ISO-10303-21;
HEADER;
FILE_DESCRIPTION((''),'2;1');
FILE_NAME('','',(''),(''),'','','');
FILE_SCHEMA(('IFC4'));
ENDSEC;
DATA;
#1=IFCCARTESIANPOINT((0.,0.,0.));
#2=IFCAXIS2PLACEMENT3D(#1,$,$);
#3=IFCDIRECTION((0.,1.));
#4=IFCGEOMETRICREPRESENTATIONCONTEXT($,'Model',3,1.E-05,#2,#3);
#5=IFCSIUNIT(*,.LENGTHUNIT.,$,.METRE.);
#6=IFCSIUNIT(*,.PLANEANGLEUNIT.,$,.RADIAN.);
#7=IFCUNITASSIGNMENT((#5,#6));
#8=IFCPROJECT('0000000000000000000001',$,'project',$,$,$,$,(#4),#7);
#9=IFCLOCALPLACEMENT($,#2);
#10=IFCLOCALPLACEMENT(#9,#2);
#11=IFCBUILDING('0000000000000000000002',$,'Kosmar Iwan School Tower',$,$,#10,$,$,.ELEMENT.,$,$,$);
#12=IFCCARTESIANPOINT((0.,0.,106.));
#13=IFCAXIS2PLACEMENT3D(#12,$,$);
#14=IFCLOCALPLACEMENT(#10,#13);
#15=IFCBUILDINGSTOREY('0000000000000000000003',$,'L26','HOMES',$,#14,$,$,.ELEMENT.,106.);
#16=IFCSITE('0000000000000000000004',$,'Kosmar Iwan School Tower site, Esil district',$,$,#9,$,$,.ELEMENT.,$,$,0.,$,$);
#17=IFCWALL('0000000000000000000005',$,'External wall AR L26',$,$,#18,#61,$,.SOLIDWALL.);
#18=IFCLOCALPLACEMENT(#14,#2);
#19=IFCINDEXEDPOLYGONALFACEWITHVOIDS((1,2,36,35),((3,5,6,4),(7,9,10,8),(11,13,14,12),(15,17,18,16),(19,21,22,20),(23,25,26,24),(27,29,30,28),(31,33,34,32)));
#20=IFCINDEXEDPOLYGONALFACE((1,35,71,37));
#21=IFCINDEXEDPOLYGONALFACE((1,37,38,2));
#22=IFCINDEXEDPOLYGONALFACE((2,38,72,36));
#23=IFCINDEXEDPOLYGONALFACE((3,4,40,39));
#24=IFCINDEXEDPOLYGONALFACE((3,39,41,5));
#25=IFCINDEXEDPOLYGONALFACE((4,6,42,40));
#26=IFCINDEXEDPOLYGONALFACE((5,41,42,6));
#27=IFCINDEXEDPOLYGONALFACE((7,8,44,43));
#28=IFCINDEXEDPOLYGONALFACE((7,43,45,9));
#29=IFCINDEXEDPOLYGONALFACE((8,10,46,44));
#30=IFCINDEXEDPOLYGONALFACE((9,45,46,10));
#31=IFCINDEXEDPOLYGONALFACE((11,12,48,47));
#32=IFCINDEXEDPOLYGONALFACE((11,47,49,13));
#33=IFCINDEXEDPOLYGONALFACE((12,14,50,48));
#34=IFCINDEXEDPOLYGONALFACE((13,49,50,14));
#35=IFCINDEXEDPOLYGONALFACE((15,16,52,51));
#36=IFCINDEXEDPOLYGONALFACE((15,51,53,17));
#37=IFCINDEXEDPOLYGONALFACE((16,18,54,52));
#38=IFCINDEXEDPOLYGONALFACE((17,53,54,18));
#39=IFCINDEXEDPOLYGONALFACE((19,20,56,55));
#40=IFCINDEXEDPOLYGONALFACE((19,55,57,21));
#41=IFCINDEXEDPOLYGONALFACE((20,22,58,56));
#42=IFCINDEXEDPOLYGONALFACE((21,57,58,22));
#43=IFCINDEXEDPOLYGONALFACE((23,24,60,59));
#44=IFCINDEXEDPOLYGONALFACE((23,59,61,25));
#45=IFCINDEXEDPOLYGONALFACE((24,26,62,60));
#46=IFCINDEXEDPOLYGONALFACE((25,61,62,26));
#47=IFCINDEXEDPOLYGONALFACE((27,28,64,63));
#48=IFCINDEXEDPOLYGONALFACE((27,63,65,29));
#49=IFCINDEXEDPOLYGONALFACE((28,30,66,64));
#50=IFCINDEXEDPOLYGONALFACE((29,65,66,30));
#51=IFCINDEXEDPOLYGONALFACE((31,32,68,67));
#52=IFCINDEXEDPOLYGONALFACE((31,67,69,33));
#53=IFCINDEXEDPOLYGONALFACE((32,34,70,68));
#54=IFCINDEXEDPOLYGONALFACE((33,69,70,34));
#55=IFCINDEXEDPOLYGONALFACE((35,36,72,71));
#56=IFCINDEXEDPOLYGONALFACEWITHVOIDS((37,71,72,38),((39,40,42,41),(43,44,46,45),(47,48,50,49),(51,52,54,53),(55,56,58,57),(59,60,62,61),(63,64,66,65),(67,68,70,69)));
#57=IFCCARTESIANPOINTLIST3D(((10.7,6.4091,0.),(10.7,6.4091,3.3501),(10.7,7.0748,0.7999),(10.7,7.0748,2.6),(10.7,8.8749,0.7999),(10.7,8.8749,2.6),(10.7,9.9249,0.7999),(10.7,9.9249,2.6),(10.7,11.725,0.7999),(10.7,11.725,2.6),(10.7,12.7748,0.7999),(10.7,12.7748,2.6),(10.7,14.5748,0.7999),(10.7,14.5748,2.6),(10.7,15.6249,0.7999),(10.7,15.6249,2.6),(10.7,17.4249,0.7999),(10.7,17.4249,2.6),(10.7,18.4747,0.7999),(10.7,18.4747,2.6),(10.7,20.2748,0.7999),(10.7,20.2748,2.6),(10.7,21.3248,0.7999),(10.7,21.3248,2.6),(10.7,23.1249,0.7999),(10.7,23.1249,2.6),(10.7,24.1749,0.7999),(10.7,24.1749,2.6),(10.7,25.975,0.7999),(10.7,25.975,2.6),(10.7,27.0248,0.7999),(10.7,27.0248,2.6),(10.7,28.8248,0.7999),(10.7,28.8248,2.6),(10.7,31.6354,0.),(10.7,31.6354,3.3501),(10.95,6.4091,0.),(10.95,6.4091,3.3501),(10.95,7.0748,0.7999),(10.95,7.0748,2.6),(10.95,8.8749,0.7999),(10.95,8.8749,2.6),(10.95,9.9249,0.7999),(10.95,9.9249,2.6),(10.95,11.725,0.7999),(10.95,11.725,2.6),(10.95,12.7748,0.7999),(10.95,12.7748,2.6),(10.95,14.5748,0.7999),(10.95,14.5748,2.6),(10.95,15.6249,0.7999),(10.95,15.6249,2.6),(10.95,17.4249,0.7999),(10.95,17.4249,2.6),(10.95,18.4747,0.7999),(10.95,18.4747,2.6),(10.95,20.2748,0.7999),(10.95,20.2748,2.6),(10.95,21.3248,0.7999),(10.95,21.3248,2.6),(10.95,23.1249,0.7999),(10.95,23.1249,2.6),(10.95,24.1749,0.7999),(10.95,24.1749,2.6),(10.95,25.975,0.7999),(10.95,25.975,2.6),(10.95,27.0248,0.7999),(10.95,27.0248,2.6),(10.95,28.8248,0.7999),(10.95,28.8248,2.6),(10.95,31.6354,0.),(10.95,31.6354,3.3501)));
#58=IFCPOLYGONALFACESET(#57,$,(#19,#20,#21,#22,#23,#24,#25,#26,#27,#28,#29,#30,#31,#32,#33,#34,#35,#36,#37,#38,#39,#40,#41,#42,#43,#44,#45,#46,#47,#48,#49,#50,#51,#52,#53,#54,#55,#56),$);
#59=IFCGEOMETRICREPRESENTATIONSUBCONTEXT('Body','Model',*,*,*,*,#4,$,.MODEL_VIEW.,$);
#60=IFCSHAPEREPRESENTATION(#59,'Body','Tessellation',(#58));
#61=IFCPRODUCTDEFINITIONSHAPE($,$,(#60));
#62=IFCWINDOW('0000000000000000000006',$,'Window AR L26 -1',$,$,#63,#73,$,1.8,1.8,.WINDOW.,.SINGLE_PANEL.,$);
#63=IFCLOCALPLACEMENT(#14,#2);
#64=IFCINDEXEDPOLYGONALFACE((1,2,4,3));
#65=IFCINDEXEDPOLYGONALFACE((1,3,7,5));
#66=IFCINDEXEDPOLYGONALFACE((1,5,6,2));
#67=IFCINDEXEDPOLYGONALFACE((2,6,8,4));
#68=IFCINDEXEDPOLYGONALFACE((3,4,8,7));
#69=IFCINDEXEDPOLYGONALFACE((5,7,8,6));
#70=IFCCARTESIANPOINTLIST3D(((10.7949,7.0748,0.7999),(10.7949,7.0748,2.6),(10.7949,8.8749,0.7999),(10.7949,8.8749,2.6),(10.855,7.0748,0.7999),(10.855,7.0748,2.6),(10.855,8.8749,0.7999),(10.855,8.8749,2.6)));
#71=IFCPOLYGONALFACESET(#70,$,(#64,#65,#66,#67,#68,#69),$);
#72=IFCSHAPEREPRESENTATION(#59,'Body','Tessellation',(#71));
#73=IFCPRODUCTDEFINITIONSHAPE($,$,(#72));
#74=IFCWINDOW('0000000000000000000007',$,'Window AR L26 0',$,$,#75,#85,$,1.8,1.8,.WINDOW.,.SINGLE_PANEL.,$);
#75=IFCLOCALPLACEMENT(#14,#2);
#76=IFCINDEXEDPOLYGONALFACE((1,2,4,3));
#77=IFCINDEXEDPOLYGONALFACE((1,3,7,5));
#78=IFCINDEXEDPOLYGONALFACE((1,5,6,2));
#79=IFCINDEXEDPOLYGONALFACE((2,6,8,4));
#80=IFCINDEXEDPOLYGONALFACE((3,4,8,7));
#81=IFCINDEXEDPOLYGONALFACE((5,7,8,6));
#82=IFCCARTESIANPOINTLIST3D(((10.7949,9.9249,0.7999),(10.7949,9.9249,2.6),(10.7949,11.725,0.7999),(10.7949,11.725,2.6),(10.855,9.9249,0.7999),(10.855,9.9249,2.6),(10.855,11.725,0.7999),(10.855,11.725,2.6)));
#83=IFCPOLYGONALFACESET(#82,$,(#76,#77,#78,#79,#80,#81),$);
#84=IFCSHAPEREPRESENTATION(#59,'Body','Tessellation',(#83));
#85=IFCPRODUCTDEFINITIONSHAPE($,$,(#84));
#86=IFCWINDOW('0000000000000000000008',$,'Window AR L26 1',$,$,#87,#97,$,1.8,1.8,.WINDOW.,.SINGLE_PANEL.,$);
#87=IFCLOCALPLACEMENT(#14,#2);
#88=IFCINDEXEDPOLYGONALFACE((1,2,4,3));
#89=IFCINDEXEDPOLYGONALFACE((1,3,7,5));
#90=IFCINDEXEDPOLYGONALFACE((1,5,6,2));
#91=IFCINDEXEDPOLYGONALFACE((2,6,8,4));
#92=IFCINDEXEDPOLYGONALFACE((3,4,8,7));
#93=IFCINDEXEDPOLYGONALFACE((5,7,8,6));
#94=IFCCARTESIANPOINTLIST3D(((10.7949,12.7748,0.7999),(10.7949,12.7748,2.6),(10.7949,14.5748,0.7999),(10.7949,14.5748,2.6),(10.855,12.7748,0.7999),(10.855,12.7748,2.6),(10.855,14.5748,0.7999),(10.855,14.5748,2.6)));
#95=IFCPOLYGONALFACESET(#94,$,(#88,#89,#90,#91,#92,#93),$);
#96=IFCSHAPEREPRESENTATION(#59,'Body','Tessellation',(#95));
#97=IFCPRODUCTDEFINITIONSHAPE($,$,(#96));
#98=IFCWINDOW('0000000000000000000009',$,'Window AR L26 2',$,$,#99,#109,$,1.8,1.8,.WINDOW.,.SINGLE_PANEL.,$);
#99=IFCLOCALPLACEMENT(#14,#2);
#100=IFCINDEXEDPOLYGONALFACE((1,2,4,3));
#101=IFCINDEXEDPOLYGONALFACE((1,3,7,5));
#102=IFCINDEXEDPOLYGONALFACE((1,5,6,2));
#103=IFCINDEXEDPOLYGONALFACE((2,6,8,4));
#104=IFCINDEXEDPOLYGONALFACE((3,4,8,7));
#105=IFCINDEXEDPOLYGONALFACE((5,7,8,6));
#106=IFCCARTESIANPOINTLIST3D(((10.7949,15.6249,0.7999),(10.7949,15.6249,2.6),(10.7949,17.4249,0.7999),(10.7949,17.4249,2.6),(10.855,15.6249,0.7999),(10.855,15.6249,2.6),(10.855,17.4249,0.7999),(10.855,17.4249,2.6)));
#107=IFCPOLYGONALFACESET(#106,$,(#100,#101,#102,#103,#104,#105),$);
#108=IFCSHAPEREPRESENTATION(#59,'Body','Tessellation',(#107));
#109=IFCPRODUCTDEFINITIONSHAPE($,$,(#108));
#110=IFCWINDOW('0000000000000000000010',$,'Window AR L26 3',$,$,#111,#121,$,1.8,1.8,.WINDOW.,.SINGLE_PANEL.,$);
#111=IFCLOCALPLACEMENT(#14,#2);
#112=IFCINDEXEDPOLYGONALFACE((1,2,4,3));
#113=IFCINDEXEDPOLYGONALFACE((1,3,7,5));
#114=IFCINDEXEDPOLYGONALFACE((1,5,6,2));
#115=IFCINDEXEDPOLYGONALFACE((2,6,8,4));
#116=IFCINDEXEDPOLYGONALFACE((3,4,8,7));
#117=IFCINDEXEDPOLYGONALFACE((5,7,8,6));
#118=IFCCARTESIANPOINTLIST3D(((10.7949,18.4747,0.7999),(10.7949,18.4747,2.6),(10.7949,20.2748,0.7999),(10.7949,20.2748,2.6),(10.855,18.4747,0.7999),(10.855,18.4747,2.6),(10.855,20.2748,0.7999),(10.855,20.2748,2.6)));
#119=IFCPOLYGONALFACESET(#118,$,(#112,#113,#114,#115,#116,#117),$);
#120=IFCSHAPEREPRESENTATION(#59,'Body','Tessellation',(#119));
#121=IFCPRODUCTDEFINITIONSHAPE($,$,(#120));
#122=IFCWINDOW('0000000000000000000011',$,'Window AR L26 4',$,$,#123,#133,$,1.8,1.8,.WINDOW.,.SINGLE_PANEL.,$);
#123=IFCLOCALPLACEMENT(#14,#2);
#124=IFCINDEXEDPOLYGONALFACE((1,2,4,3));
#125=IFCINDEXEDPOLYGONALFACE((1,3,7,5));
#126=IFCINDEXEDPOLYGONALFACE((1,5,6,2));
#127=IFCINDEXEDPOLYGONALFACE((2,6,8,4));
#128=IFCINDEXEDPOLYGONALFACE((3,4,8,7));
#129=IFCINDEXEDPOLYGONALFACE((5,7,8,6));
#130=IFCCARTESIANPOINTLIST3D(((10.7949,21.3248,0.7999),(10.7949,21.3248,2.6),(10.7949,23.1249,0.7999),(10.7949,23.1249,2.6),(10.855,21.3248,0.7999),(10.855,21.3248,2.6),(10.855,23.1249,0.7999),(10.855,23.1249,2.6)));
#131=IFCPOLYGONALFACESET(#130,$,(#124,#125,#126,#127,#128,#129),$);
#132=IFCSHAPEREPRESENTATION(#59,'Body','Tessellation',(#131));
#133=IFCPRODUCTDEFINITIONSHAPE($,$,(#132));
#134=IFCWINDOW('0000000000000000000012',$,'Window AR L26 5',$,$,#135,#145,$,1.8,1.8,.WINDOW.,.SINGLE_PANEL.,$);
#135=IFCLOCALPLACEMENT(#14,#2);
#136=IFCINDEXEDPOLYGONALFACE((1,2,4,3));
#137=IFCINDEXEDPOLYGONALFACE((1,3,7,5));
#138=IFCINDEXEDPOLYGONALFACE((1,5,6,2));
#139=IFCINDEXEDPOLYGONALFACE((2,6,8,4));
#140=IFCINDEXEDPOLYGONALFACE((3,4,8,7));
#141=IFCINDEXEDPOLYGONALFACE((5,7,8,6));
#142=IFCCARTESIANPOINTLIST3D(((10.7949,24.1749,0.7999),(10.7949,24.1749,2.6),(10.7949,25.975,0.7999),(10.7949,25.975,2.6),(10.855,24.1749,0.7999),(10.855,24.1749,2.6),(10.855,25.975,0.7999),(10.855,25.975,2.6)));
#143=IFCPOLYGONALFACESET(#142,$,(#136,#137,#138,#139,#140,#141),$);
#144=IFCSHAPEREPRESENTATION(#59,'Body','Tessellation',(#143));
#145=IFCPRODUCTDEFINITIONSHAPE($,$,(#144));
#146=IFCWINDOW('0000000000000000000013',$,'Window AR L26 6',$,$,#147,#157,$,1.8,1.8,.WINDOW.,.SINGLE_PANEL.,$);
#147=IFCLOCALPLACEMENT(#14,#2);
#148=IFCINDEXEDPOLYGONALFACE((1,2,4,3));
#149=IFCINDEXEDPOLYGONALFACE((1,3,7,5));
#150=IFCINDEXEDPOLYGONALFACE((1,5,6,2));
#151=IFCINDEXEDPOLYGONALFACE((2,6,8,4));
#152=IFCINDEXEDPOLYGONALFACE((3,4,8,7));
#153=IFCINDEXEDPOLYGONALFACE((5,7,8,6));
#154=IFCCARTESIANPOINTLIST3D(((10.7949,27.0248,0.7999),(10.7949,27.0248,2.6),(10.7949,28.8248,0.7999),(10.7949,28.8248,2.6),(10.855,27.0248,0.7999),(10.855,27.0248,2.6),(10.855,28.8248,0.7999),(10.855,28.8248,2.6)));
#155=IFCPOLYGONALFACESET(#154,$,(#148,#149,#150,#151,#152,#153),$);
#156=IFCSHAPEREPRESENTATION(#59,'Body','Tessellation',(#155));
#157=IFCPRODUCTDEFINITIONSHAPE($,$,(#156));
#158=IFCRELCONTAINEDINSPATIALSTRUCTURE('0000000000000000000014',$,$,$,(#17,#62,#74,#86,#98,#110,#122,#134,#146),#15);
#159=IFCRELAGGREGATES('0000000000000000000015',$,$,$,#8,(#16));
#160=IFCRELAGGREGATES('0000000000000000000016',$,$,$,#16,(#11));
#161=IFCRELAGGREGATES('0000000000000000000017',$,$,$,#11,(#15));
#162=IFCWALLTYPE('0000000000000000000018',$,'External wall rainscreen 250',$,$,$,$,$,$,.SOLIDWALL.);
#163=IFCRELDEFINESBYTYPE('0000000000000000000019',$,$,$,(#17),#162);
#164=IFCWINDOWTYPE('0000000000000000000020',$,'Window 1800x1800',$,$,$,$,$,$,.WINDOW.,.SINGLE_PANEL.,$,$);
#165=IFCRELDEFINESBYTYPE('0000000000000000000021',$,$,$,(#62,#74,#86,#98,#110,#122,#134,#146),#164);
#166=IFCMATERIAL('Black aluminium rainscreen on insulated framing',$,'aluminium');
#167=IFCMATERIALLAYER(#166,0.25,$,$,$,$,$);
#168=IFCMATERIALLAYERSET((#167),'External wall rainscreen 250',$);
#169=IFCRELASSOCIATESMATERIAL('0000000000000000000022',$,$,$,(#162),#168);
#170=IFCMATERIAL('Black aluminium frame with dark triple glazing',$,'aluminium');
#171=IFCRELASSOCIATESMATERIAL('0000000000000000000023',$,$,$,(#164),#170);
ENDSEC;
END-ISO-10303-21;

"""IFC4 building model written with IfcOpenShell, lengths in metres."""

from ifc_helpers import new_model, si_unit, direction, frame, frame_2d, origin, place, context, subcontext, project, spatial, rectangle, extrude, material, layer, layer_set, type_object, element, fill, save


model = new_model("IFC4")

# Units and contexts
model_context = context("Model", 3, precision=1e-05, world=origin(), true_north=direction((0.0, 1.0)))
body_context = subcontext(model_context, "Body", "Model", "MODEL_VIEW")
ifc_project = project(units=[si_unit("LENGTHUNIT", "METRE"), si_unit("PLANEANGLEUNIT", "RADIAN")], contexts=[model_context])

# Site, building, storey
site_placement = place(None, origin())
site = spatial("IfcSite", under=ifc_project, at=site_placement, Name="Kosmar Iwan School Tower site, Esil district", CompositionType="ELEMENT", RefElevation=0.0)
building_placement = place(site_placement, origin())
building = spatial("IfcBuilding", under=site, at=building_placement, Name="Kosmar Iwan School Tower", CompositionType="ELEMENT")
storey_placement = place(building_placement, frame((0.0, 0.0, 106.0)))
storey = spatial("IfcBuildingStorey", under=building, at=storey_placement, Name="L26", Description="HOMES", CompositionType="ELEMENT", Elevation=106.0)

# Wall, openings, windows
ifc_material_1 = material(Name="Black aluminium rainscreen on insulated framing", Category="aluminium")
ifc_layer = layer(ifc_material_1, 0.25)
ifc_layer_set = layer_set([ifc_layer], Name="External wall rainscreen 250")
wall_type = type_object("IfcWallType", Name="External wall rainscreen 250", PredefinedType="SOLIDWALL", material=ifc_layer_set)
ifc_material_2 = material(Name="Black aluminium frame with dark triple glazing", Category="aluminium")
window_type = type_object("IfcWindowType", Name="Window 1800x1800", PartitioningType="SINGLE_PANEL", PredefinedType="WINDOW", material=ifc_material_2)
wall_1_placement = place(storey_placement, frame((10.825, 6.4089, 0.0), z_axis=(0.0, 0.0, 1.0), x_axis=(0.0, 1.0, 0.0)))
wall_1 = element("IfcWall", 1, at=wall_1_placement, inside=storey, type_object=wall_type, Name="External wall AR L26", PredefinedType="SOLIDWALL", context=body_context, shape_type="SweptSolid", body=[
    extrude(rectangle(XDim=25.2263, YDim=0.25, at=frame_2d((12.6133, 0.0))), origin(), (0.0, 0.0, 1.0), 3.3501),
])
opening_1_placement = place(wall_1_placement, frame((0.666, 0.0, 0.8)))
opening_1 = element("IfcOpeningElement", 2, at=opening_1_placement, cuts=wall_1, PredefinedType="OPENING", context=body_context, shape_type="SweptSolid", body=[
    extrude(rectangle(XDim=1.8, YDim=1.8, at=frame_2d((0.8999, 0.8999))), frame((0.0, 0.137, 0.0), z_axis=(0.0, -1.0, 0.0), x_axis=(1.0, 0.0, 0.0)), (0.0, 0.0, 1.0), 0.2739),
])
opening_2_placement = place(wall_1_placement, frame((3.5161, 0.0, 0.8)))
opening_2 = element("IfcOpeningElement", 3, at=opening_2_placement, cuts=wall_1, PredefinedType="OPENING", context=body_context, shape_type="SweptSolid", body=[
    extrude(rectangle(XDim=1.8, YDim=1.8, at=frame_2d((0.8999, 0.8999))), frame((0.0, 0.137, 0.0), z_axis=(0.0, -1.0, 0.0), x_axis=(1.0, 0.0, 0.0)), (0.0, 0.0, 1.0), 0.2739),
])
opening_3_placement = place(wall_1_placement, frame((6.366, 0.0, 0.8)))
opening_3 = element("IfcOpeningElement", 4, at=opening_3_placement, cuts=wall_1, PredefinedType="OPENING", context=body_context, shape_type="SweptSolid", body=[
    extrude(rectangle(XDim=1.8, YDim=1.8, at=frame_2d((0.8999, 0.8999))), frame((0.0, 0.137, 0.0), z_axis=(0.0, -1.0, 0.0), x_axis=(1.0, 0.0, 0.0)), (0.0, 0.0, 1.0), 0.2739),
])
opening_4_placement = place(wall_1_placement, frame((9.2161, 0.0, 0.8)))
opening_4 = element("IfcOpeningElement", 5, at=opening_4_placement, cuts=wall_1, PredefinedType="OPENING", context=body_context, shape_type="SweptSolid", body=[
    extrude(rectangle(XDim=1.8, YDim=1.8, at=frame_2d((0.8999, 0.8999))), frame((0.0, 0.137, 0.0), z_axis=(0.0, -1.0, 0.0), x_axis=(1.0, 0.0, 0.0)), (0.0, 0.0, 1.0), 0.2739),
])
opening_5_placement = place(wall_1_placement, frame((12.0659, 0.0, 0.8)))
opening_5 = element("IfcOpeningElement", 6, at=opening_5_placement, cuts=wall_1, PredefinedType="OPENING", context=body_context, shape_type="SweptSolid", body=[
    extrude(rectangle(XDim=1.8, YDim=1.8, at=frame_2d((0.8999, 0.8999))), frame((0.0, 0.137, 0.0), z_axis=(0.0, -1.0, 0.0), x_axis=(1.0, 0.0, 0.0)), (0.0, 0.0, 1.0), 0.2739),
])
opening_6_placement = place(wall_1_placement, frame((14.916, 0.0, 0.8)))
opening_6 = element("IfcOpeningElement", 7, at=opening_6_placement, cuts=wall_1, PredefinedType="OPENING", context=body_context, shape_type="SweptSolid", body=[
    extrude(rectangle(XDim=1.8, YDim=1.8, at=frame_2d((0.8999, 0.8999))), frame((0.0, 0.137, 0.0), z_axis=(0.0, -1.0, 0.0), x_axis=(1.0, 0.0, 0.0)), (0.0, 0.0, 1.0), 0.2739),
])
opening_7_placement = place(wall_1_placement, frame((17.7661, 0.0, 0.8)))
opening_7 = element("IfcOpeningElement", 8, at=opening_7_placement, cuts=wall_1, PredefinedType="OPENING", context=body_context, shape_type="SweptSolid", body=[
    extrude(rectangle(XDim=1.8, YDim=1.8, at=frame_2d((0.8999, 0.8999))), frame((0.0, 0.137, 0.0), z_axis=(0.0, -1.0, 0.0), x_axis=(1.0, 0.0, 0.0)), (0.0, 0.0, 1.0), 0.2739),
])
opening_8_placement = place(wall_1_placement, frame((20.616, 0.0, 0.8)))
opening_8 = element("IfcOpeningElement", 9, at=opening_8_placement, cuts=wall_1, PredefinedType="OPENING", context=body_context, shape_type="SweptSolid", body=[
    extrude(rectangle(XDim=1.8, YDim=1.8, at=frame_2d((0.8999, 0.8999))), frame((0.0, 0.137, 0.0), z_axis=(0.0, -1.0, 0.0), x_axis=(1.0, 0.0, 0.0)), (0.0, 0.0, 1.0), 0.2739),
])
window_1_placement = place(opening_1_placement, origin())
window_1 = element("IfcWindow", 10, at=window_1_placement, inside=storey, type_object=window_type, Name="Window AR L26 -1", OverallHeight=1.8, OverallWidth=1.8, PartitioningType="SINGLE_PANEL", PredefinedType="WINDOW", context=body_context, shape_type="SweptSolid", body=[
    extrude(rectangle(XDim=1.8, YDim=1.8, at=frame_2d((0.8999, 0.8999))), frame((0.0, 0.03, 0.0), z_axis=(0.0, -1.0, 0.0), x_axis=(1.0, 0.0, 0.0)), (0.0, 0.0, 1.0), 0.0601),
])
fill(opening_1, window_1)
window_2_placement = place(opening_2_placement, origin())
window_2 = element("IfcWindow", 11, at=window_2_placement, inside=storey, type_object=window_type, Name="Window AR L26 0", OverallHeight=1.8, OverallWidth=1.8, PartitioningType="SINGLE_PANEL", PredefinedType="WINDOW", context=body_context, shape_type="SweptSolid", body=[
    extrude(rectangle(XDim=1.8, YDim=1.8, at=frame_2d((0.8999, 0.8999))), frame((0.0, 0.03, 0.0), z_axis=(0.0, -1.0, 0.0), x_axis=(1.0, 0.0, 0.0)), (0.0, 0.0, 1.0), 0.0601),
])
fill(opening_2, window_2)
window_3_placement = place(opening_3_placement, origin())
window_3 = element("IfcWindow", 12, at=window_3_placement, inside=storey, type_object=window_type, Name="Window AR L26 1", OverallHeight=1.8, OverallWidth=1.8, PartitioningType="SINGLE_PANEL", PredefinedType="WINDOW", context=body_context, shape_type="SweptSolid", body=[
    extrude(rectangle(XDim=1.8, YDim=1.8, at=frame_2d((0.8999, 0.8999))), frame((0.0, 0.03, 0.0), z_axis=(0.0, -1.0, 0.0), x_axis=(1.0, 0.0, 0.0)), (0.0, 0.0, 1.0), 0.0601),
])
fill(opening_3, window_3)
window_4_placement = place(opening_4_placement, origin())
window_4 = element("IfcWindow", 13, at=window_4_placement, inside=storey, type_object=window_type, Name="Window AR L26 2", OverallHeight=1.8, OverallWidth=1.8, PartitioningType="SINGLE_PANEL", PredefinedType="WINDOW", context=body_context, shape_type="SweptSolid", body=[
    extrude(rectangle(XDim=1.8, YDim=1.8, at=frame_2d((0.8999, 0.8999))), frame((0.0, 0.03, 0.0), z_axis=(0.0, -1.0, 0.0), x_axis=(1.0, 0.0, 0.0)), (0.0, 0.0, 1.0), 0.0601),
])
fill(opening_4, window_4)
window_5_placement = place(opening_5_placement, origin())
window_5 = element("IfcWindow", 14, at=window_5_placement, inside=storey, type_object=window_type, Name="Window AR L26 3", OverallHeight=1.8, OverallWidth=1.8, PartitioningType="SINGLE_PANEL", PredefinedType="WINDOW", context=body_context, shape_type="SweptSolid", body=[
    extrude(rectangle(XDim=1.8, YDim=1.8, at=frame_2d((0.8999, 0.8999))), frame((0.0, 0.03, 0.0), z_axis=(0.0, -1.0, 0.0), x_axis=(1.0, 0.0, 0.0)), (0.0, 0.0, 1.0), 0.0601),
])
fill(opening_5, window_5)
window_6_placement = place(opening_6_placement, origin())
window_6 = element("IfcWindow", 15, at=window_6_placement, inside=storey, type_object=window_type, Name="Window AR L26 4", OverallHeight=1.8, OverallWidth=1.8, PartitioningType="SINGLE_PANEL", PredefinedType="WINDOW", context=body_context, shape_type="SweptSolid", body=[
    extrude(rectangle(XDim=1.8, YDim=1.8, at=frame_2d((0.8999, 0.8999))), frame((0.0, 0.03, 0.0), z_axis=(0.0, -1.0, 0.0), x_axis=(1.0, 0.0, 0.0)), (0.0, 0.0, 1.0), 0.0601),
])
fill(opening_6, window_6)
window_7_placement = place(opening_7_placement, origin())
window_7 = element("IfcWindow", 16, at=window_7_placement, inside=storey, type_object=window_type, Name="Window AR L26 5", OverallHeight=1.8, OverallWidth=1.8, PartitioningType="SINGLE_PANEL", PredefinedType="WINDOW", context=body_context, shape_type="SweptSolid", body=[
    extrude(rectangle(XDim=1.8, YDim=1.8, at=frame_2d((0.8999, 0.8999))), frame((0.0, 0.03, 0.0), z_axis=(0.0, -1.0, 0.0), x_axis=(1.0, 0.0, 0.0)), (0.0, 0.0, 1.0), 0.0601),
])
fill(opening_7, window_7)
window_8_placement = place(opening_8_placement, origin())
window_8 = element("IfcWindow", 17, at=window_8_placement, inside=storey, type_object=window_type, Name="Window AR L26 6", OverallHeight=1.8, OverallWidth=1.8, PartitioningType="SINGLE_PANEL", PredefinedType="WINDOW", context=body_context, shape_type="SweptSolid", body=[
    extrude(rectangle(XDim=1.8, YDim=1.8, at=frame_2d((0.8999, 0.8999))), frame((0.0, 0.03, 0.0), z_axis=(0.0, -1.0, 0.0), x_axis=(1.0, 0.0, 0.0)), (0.0, 0.0, 1.0), 0.0601),
])
fill(opening_8, window_8)

save(model, "model.ifc")
